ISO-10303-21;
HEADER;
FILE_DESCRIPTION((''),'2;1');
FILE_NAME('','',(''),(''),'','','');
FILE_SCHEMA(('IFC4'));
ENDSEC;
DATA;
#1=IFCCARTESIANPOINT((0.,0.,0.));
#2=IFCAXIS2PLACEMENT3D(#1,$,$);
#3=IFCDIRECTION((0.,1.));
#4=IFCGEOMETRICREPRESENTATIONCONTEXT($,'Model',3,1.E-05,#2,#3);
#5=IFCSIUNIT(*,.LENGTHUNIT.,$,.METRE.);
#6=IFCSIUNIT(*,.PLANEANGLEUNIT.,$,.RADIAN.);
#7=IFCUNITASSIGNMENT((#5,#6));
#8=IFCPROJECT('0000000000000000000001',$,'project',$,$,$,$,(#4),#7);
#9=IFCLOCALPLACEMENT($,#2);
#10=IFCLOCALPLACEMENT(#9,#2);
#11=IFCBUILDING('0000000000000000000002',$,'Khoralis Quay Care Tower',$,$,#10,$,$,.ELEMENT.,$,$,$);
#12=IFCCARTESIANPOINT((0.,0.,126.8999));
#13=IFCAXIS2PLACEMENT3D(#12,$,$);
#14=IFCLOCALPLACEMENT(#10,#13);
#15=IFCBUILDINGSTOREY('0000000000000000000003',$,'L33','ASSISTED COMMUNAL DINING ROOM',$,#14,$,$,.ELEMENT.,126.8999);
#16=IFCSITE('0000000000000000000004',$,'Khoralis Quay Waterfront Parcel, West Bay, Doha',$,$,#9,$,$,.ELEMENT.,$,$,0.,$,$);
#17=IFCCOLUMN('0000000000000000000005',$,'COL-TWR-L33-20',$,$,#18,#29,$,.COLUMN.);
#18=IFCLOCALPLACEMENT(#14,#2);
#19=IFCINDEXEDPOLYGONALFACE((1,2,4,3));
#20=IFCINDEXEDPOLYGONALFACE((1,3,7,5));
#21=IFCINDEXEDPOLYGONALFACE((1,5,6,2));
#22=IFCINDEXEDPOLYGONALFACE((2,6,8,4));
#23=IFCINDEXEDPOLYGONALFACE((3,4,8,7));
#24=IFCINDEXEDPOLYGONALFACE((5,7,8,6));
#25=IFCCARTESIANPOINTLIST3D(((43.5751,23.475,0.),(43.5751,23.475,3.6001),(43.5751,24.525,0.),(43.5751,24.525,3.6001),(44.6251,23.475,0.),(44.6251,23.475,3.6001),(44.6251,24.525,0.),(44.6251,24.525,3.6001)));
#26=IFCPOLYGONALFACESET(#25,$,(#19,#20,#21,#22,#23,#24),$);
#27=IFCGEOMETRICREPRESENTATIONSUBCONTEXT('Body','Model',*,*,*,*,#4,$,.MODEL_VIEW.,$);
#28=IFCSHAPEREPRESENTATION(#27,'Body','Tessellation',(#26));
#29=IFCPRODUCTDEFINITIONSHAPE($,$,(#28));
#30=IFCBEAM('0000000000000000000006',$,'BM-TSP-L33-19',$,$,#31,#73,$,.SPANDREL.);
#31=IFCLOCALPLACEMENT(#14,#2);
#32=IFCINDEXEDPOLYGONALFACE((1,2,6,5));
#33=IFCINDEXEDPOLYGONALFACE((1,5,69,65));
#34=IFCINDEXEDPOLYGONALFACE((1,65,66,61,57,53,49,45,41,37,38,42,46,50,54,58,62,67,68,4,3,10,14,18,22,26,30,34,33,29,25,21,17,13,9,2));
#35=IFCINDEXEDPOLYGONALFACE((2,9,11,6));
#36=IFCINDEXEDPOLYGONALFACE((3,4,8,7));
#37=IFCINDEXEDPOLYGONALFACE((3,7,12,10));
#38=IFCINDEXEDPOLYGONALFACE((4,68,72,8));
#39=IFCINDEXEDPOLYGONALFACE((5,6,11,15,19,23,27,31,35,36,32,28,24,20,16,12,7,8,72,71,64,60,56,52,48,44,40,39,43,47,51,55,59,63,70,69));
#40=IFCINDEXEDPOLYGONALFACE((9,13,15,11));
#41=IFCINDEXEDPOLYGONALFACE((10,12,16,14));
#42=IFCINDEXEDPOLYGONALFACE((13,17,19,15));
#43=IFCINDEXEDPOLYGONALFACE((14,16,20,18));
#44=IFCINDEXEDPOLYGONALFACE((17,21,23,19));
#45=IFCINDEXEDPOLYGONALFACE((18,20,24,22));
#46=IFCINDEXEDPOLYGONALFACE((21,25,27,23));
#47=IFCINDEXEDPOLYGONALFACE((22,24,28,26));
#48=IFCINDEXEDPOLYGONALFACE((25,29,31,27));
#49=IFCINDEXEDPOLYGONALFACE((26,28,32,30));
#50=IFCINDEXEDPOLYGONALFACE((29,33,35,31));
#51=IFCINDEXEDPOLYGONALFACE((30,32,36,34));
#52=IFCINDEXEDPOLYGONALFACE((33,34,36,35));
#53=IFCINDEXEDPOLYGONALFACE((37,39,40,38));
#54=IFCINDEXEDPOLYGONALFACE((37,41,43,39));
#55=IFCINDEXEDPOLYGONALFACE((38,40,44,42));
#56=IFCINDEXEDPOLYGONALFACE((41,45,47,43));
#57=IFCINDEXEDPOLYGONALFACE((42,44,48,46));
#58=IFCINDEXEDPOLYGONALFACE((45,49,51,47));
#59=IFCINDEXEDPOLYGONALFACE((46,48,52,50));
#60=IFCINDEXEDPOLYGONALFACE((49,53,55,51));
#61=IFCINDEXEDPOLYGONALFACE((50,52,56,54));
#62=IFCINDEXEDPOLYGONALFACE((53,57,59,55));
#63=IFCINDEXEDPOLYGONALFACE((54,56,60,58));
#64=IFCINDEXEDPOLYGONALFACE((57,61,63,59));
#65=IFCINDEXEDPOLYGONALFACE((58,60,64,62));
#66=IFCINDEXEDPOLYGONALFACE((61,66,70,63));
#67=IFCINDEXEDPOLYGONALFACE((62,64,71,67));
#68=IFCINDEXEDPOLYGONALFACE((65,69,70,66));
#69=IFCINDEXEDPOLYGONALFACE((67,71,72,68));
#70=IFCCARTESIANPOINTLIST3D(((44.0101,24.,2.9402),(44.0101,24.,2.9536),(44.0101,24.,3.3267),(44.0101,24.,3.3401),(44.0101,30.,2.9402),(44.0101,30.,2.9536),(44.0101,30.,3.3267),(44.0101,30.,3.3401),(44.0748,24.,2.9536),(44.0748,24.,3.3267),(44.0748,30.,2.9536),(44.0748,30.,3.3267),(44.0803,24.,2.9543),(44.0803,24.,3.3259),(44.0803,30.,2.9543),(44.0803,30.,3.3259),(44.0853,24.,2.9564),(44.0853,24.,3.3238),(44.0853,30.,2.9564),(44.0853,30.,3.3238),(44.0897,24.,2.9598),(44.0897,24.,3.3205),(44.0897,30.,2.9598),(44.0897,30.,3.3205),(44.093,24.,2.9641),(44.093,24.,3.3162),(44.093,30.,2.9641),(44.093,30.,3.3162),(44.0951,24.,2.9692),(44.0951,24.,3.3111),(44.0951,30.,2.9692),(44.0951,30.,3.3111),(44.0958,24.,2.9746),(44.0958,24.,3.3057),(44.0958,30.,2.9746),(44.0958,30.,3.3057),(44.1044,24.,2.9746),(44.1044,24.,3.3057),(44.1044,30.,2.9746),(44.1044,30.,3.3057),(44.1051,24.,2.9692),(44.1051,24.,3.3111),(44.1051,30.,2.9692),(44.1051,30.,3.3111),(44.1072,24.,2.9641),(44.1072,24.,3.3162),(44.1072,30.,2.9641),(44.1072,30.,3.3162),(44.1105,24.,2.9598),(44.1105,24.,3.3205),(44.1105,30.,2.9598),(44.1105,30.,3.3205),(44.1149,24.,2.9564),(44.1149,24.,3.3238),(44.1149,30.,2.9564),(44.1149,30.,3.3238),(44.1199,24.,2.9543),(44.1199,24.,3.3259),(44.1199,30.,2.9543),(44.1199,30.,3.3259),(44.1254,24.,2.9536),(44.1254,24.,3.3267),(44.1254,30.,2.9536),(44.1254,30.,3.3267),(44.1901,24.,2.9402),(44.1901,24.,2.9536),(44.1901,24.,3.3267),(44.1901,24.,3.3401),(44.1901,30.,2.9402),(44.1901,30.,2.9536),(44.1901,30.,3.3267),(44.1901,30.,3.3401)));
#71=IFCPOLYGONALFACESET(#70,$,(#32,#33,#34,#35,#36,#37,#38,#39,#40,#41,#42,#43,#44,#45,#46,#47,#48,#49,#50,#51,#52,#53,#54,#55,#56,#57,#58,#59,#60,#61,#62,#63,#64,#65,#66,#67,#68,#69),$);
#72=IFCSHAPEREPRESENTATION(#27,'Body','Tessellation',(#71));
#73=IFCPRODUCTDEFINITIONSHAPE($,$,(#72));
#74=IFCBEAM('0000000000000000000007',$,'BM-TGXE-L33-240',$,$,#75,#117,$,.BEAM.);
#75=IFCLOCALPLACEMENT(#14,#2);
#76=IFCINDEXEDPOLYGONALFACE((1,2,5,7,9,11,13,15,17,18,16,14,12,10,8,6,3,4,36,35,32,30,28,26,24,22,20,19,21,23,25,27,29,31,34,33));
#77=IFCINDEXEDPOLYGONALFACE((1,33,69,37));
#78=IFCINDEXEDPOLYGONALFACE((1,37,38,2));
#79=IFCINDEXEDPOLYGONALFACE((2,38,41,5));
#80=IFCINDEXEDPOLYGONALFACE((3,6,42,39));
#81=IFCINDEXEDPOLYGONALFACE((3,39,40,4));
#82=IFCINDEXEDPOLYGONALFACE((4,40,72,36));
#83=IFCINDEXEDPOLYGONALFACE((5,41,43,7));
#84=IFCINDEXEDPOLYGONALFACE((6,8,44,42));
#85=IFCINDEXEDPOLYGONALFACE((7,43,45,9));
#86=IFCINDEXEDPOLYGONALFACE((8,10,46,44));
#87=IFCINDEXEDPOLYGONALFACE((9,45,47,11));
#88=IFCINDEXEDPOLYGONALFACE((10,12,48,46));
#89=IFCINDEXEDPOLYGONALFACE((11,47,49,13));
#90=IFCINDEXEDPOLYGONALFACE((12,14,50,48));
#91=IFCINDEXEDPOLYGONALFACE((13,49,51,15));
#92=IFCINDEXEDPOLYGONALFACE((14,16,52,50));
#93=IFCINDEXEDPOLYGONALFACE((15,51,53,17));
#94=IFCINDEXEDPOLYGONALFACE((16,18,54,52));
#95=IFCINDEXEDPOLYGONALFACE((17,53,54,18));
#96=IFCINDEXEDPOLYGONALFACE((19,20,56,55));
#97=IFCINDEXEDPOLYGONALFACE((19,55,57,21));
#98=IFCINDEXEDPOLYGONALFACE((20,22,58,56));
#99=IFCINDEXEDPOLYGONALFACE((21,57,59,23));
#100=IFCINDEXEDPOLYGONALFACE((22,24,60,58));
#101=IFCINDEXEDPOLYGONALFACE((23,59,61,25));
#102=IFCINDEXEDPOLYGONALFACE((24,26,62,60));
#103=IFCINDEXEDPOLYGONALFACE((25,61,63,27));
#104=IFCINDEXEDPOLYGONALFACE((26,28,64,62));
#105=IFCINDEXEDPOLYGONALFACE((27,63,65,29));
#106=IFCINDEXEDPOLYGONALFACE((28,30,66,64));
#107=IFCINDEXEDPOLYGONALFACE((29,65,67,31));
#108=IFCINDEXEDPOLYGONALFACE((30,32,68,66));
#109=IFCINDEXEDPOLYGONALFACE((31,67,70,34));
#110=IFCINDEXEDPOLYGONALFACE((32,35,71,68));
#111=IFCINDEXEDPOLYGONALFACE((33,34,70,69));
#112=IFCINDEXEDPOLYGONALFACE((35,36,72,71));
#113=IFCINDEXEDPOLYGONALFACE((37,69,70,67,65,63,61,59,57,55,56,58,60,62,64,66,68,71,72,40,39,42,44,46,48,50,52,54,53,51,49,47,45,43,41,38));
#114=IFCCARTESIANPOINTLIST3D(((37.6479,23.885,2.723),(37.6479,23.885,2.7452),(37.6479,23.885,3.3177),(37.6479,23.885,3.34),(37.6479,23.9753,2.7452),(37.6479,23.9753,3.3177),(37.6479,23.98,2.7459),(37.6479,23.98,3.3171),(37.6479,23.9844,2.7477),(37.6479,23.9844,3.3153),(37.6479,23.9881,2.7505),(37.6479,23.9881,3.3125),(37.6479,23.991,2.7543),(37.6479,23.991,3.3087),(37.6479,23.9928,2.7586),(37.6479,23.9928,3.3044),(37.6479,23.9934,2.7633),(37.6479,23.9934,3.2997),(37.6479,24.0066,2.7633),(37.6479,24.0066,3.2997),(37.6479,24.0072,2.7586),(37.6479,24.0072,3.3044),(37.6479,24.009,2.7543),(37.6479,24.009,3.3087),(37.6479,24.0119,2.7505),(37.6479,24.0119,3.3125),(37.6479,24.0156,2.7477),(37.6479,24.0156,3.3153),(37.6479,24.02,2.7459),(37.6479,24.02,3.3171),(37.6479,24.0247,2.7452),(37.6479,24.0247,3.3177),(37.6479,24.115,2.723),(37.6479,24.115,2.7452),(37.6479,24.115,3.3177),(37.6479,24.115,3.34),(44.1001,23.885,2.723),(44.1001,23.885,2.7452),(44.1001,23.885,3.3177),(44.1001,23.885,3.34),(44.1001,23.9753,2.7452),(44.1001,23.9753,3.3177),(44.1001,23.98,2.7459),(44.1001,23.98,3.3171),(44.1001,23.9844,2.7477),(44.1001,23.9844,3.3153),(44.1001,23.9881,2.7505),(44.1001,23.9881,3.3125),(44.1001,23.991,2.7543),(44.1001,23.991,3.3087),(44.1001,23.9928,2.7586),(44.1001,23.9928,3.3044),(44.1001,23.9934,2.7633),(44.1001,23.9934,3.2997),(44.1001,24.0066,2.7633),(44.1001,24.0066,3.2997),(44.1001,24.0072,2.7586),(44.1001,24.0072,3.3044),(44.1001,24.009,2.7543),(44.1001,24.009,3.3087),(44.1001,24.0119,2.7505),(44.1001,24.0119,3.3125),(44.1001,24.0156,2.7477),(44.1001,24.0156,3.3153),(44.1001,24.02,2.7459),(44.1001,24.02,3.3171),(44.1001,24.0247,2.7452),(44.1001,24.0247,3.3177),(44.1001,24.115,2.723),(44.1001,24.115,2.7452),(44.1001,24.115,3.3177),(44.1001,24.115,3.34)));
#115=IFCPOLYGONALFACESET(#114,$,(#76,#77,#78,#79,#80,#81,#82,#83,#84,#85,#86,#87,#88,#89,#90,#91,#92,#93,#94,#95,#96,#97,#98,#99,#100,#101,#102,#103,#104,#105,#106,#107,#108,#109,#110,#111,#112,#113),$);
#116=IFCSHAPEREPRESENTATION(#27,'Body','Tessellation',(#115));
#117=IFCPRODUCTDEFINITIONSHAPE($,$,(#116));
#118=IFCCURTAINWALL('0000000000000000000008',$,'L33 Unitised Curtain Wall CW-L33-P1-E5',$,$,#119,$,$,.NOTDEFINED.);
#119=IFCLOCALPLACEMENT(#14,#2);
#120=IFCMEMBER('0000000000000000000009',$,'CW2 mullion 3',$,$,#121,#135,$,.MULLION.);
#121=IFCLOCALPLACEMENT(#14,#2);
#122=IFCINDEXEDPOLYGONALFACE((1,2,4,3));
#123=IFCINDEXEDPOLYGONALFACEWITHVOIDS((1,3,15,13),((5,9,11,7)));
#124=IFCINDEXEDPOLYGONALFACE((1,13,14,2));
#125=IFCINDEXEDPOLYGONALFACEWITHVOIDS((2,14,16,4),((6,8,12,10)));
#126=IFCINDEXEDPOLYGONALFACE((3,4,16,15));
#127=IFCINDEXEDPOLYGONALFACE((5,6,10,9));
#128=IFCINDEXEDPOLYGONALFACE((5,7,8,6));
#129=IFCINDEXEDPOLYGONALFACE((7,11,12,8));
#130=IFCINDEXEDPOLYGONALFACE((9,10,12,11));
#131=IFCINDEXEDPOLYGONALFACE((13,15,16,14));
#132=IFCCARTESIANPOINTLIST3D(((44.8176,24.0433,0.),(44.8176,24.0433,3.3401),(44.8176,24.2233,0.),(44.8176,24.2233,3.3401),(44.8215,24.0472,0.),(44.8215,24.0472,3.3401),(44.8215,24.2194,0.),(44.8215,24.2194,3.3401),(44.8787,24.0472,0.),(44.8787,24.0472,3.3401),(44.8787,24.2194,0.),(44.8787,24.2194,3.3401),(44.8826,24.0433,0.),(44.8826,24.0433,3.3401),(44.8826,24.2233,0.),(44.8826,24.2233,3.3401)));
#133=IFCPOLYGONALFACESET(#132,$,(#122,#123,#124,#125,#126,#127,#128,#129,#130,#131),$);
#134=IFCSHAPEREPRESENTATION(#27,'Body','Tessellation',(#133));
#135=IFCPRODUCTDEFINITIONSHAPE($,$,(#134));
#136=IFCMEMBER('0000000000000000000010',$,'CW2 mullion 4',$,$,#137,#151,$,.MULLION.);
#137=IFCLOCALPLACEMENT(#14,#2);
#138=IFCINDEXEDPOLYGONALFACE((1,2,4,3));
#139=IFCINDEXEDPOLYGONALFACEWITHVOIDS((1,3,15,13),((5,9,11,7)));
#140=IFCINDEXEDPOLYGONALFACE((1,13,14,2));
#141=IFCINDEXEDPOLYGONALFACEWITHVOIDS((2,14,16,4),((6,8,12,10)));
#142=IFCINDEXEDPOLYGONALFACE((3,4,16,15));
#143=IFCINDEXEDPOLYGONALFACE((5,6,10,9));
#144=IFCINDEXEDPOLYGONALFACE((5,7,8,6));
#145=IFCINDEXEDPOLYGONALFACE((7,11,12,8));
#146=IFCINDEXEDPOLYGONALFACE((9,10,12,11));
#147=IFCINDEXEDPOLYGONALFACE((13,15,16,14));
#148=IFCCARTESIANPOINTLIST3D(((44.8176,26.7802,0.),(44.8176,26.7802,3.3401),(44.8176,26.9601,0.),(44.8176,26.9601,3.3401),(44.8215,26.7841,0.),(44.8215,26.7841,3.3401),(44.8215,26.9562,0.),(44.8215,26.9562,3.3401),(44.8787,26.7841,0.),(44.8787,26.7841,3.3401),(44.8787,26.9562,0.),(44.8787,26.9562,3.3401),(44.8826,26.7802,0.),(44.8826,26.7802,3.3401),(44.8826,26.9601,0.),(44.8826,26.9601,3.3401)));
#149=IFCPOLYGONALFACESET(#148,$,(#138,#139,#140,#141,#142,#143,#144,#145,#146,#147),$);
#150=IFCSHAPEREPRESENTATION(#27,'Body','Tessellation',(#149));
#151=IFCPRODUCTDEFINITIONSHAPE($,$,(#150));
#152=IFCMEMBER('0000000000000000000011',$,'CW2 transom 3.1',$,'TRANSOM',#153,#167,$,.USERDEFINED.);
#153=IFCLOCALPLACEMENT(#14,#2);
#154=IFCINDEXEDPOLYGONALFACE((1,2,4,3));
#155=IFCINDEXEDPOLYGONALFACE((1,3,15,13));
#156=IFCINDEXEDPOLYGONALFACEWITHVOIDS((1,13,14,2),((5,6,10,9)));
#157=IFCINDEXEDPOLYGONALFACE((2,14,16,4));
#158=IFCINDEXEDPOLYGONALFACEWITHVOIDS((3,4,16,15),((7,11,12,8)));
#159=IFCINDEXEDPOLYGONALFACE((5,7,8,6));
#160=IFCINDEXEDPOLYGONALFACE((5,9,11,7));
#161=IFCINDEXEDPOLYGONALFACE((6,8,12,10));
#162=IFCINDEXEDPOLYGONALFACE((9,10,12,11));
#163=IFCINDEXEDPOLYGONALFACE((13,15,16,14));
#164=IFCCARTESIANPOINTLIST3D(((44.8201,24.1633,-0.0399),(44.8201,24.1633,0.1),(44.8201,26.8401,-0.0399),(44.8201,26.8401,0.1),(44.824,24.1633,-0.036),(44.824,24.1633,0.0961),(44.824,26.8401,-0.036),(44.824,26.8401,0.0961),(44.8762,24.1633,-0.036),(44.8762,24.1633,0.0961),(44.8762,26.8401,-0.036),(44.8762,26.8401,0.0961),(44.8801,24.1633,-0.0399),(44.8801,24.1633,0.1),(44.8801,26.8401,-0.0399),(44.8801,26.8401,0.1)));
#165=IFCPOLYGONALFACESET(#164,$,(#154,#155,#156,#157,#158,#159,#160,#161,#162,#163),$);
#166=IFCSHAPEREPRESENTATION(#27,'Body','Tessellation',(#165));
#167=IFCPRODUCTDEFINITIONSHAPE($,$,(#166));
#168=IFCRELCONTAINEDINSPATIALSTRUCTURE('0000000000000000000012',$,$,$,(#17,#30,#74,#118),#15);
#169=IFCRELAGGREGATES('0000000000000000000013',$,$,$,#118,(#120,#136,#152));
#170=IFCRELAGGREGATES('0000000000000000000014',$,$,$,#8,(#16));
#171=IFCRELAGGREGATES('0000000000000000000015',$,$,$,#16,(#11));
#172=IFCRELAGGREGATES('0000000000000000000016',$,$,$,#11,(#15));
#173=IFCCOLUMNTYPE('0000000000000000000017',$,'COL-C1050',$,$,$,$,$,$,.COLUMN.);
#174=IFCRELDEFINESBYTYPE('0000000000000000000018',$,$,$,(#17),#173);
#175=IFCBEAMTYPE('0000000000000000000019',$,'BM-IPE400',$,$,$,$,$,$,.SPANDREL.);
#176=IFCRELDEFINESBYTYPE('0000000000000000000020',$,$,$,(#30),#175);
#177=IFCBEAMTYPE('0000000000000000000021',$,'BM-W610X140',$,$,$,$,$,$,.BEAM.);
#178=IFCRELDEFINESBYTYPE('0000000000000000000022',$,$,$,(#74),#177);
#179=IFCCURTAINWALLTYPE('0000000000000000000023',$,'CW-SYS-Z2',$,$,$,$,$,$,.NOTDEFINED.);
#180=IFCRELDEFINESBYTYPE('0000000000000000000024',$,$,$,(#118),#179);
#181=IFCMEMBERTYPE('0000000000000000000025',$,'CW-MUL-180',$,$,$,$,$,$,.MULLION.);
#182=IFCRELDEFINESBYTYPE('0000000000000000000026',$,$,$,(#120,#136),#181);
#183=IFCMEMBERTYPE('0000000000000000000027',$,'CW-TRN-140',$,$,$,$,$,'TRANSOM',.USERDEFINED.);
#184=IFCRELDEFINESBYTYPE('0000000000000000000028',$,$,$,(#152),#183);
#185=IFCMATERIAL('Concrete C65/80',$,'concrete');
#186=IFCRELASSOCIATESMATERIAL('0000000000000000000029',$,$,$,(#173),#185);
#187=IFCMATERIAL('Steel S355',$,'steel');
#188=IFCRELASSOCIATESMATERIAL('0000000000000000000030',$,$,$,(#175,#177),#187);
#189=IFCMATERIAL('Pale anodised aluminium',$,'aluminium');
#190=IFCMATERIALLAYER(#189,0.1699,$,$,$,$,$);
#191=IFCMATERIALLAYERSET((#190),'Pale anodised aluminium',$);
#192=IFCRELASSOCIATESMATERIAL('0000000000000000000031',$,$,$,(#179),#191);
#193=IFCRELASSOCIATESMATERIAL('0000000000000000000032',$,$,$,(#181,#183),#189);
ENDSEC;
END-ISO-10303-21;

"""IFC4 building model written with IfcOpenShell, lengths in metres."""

from ifc_helpers import new_model, si_unit, direction, frame, origin, origin_2d, place, context, subcontext, project, spatial, rectangle, hollow_rectangle, i_section, extrude, source, transform, mapped, material, layer, layer_set, material_profile, profile_set, type_object, element, aggregate, save


model = new_model("IFC4")

# Units and contexts
model_context = context("Model", 3, precision=1e-05, world=origin(), true_north=direction((0.0, 1.0)))
body_context = subcontext(model_context, "Body", "Model", "MODEL_VIEW")
ifc_project = project(units=[si_unit("LENGTHUNIT", "METRE"), si_unit("PLANEANGLEUNIT", "RADIAN")], contexts=[model_context])

# Site, building, storey
site_placement = place(None, origin())
site = spatial("IfcSite", under=ifc_project, at=site_placement, Name="Khoralis Quay Waterfront Parcel, West Bay, Doha", CompositionType="ELEMENT", RefElevation=0.0)
building_placement = place(site_placement, origin())
building = spatial("IfcBuilding", under=site, at=building_placement, Name="Khoralis Quay Care Tower", CompositionType="ELEMENT")
storey_placement = place(building_placement, frame((0.0, 0.0, 126.8999)))
storey = spatial("IfcBuildingStorey", under=building, at=storey_placement, Name="L33", Description="ASSISTED COMMUNAL DINING ROOM", CompositionType="ELEMENT", Elevation=126.8999)

# Column
ifc_material_1 = material(Name="Concrete C65/80", Category="concrete")
ifc_material_profile_1 = material_profile(ifc_material_1, rectangle(XDim=1.05, YDim=1.05, at=origin_2d()), Name="Concrete C65/80")
ifc_profile_set_1 = profile_set([ifc_material_profile_1], Name="Concrete C65/80")
column_type = type_object("IfcColumnType", Name="COL-C1050", PredefinedType="COLUMN", material=ifc_profile_set_1)
shared_shape_1 = source(origin(), body_context, "Body", "SweptSolid", [
    extrude(rectangle(XDim=1.05, YDim=1.05, at=origin_2d()), origin(), (0.0, 0.0, 1.0), 3.6001),
])
column_placement = place(storey_placement, frame((44.1001, 24.0, 0.0), z_axis=(0.0, 0.0, 1.0), x_axis=(1.0, 0.0, 0.0)))
element("IfcColumn", 1, at=column_placement, inside=storey, type_object=column_type, Name="COL-TWR-L33-20", PredefinedType="COLUMN", context=body_context, shape_type="MappedRepresentation", body=[
    mapped(shared_shape_1, transform((0.0, 0.0, 0.0), scale=1.0)),
])

# Beams
ifc_material_2 = material(Name="Steel S355", Category="steel")
ifc_material_profile_2 = material_profile(ifc_material_2, i_section(OverallWidth=0.1799, OverallDepth=0.3999, WebThickness=0.0085, FlangeThickness=0.0134, FilletRadius=0.021, at=origin_2d()), Name="Steel S355")
ifc_profile_set_2 = profile_set([ifc_material_profile_2], Name="Steel S355")
beam_type_1 = type_object("IfcBeamType", Name="BM-IPE400", PredefinedType="SPANDREL", material=ifc_profile_set_2)
shared_shape_2 = source(origin(), body_context, "Body", "SweptSolid", [
    extrude(i_section(OverallWidth=0.1799, OverallDepth=0.3999, WebThickness=0.0085, FlangeThickness=0.0134, FilletRadius=0.021, at=origin_2d()), origin(), (0.0, 0.0, 1.0), 6.0),
])
beam_1_placement = place(storey_placement, frame((44.1001, 24.0, 3.1401), z_axis=(0.0, 1.0, 0.0), x_axis=(-1.0, 0.0, 0.0)))
element("IfcBeam", 2, at=beam_1_placement, inside=storey, type_object=beam_type_1, Name="BM-TSP-L33-19", PredefinedType="SPANDREL", context=body_context, shape_type="MappedRepresentation", body=[
    mapped(shared_shape_2, transform((0.0, 0.0, 0.0), scale=1.0)),
])
ifc_material_profile_3 = material_profile(ifc_material_2, i_section(OverallWidth=0.23, OverallDepth=0.6169, WebThickness=0.0132, FlangeThickness=0.0222, FilletRadius=0.0181, at=origin_2d()), Name="Steel S355")
ifc_profile_set_3 = profile_set([ifc_material_profile_3], Name="Steel S355")
beam_type_2 = type_object("IfcBeamType", Name="BM-W610X140", PredefinedType="BEAM", material=ifc_profile_set_3)
shared_shape_3 = source(origin(), body_context, "Body", "SweptSolid", [
    extrude(i_section(OverallWidth=0.23, OverallDepth=0.6169, WebThickness=0.0132, FlangeThickness=0.0222, FilletRadius=0.0181, at=origin_2d()), origin(), (0.0, 0.0, 1.0), 6.4521),
])
beam_2_placement = place(storey_placement, frame((37.6479, 24.0, 3.0315), z_axis=(1.0, 0.0, 0.0), x_axis=(0.0, 1.0, 0.0)))
element("IfcBeam", 3, at=beam_2_placement, inside=storey, type_object=beam_type_2, Name="BM-TGXE-L33-240", PredefinedType="BEAM", context=body_context, shape_type="MappedRepresentation", body=[
    mapped(shared_shape_3, transform((0.0, 0.0, 0.0), scale=1.0)),
])

# Curtain wall, members
ifc_material_3 = material(Name="Pale anodised aluminium", Category="aluminium")
ifc_layer_1 = layer(ifc_material_3, 0.1699)
ifc_layer_set_1 = layer_set([ifc_layer_1], Name="Pale anodised aluminium")
curtain_wall_type = type_object("IfcCurtainWallType", Name="CW-SYS-Z2", PredefinedType="NOTDEFINED", material=ifc_layer_set_1)
curtain_wall_placement = place(storey_placement, origin())
curtain_wall = element("IfcCurtainWall", 4, at=curtain_wall_placement, inside=storey, type_object=curtain_wall_type, Name="L33 Unitised Curtain Wall CW-L33-P1-E5", PredefinedType="NOTDEFINED")
ifc_material_profile_4 = material_profile(ifc_material_3, hollow_rectangle(XDim=0.0649, YDim=0.1799, WallThickness=0.0039, at=origin_2d()), Name="Pale anodised aluminium")
ifc_profile_set_4 = profile_set([ifc_material_profile_4], Name="Pale anodised aluminium")
member_type_1 = type_object("IfcMemberType", Name="CW-MUL-180", PredefinedType="MULLION", material=ifc_profile_set_4)
shared_shape_4 = source(origin(), body_context, "Body", "SweptSolid", [
    extrude(hollow_rectangle(XDim=0.0649, YDim=0.1799, WallThickness=0.0039, at=origin_2d()), origin(), (0.0, 0.0, 1.0), 3.3401),
])
member_1_placement = place(storey_placement, frame((44.8501, 24.1333, 0.0), z_axis=(0.0, 0.0, 1.0), x_axis=(-1.0, 0.0, 0.0)))
member_1 = element("IfcMember", 5, at=member_1_placement, type_object=member_type_1, Name="CW2 mullion 3", PredefinedType="MULLION", context=body_context, shape_type="MappedRepresentation", body=[
    mapped(shared_shape_4, transform((0.0, 0.0, 0.0), scale=1.0)),
])
member_2_placement = place(storey_placement, frame((44.8501, 26.8701, 0.0), z_axis=(0.0, 0.0, 1.0), x_axis=(-1.0, 0.0, 0.0)))
member_2 = element("IfcMember", 6, at=member_2_placement, type_object=member_type_1, Name="CW2 mullion 4", PredefinedType="MULLION", context=body_context, shape_type="MappedRepresentation", body=[
    mapped(shared_shape_4, transform((0.0, 0.0, 0.0), scale=1.0)),
])
ifc_material_profile_5 = material_profile(ifc_material_3, hollow_rectangle(XDim=0.0601, YDim=0.1399, WallThickness=0.0039, at=origin_2d()), Name="Pale anodised aluminium")
ifc_profile_set_5 = profile_set([ifc_material_profile_5], Name="Pale anodised aluminium")
member_type_2 = type_object("IfcMemberType", Name="CW-TRN-140", ElementType="TRANSOM", PredefinedType="USERDEFINED", material=ifc_profile_set_5)
shared_shape_5 = source(origin(), body_context, "Body", "SweptSolid", [
    extrude(hollow_rectangle(XDim=0.0601, YDim=0.1399, WallThickness=0.0039, at=origin_2d()), origin(), (0.0, 0.0, 1.0), 2.6768),
])
member_3_placement = place(storey_placement, frame((44.8501, 24.1633, 0.03), z_axis=(0.0, 1.0, 0.0), x_axis=(-1.0, 0.0, 0.0)))
member_3 = element("IfcMember", 7, at=member_3_placement, type_object=member_type_2, Name="CW2 transom 3.1", ObjectType="TRANSOM", PredefinedType="USERDEFINED", context=body_context, shape_type="MappedRepresentation", body=[
    mapped(shared_shape_5, transform((0.0, 0.0, 0.0), scale=1.0)),
])
aggregate(curtain_wall, [member_1, member_2, member_3])

save(model, "model.ifc")
